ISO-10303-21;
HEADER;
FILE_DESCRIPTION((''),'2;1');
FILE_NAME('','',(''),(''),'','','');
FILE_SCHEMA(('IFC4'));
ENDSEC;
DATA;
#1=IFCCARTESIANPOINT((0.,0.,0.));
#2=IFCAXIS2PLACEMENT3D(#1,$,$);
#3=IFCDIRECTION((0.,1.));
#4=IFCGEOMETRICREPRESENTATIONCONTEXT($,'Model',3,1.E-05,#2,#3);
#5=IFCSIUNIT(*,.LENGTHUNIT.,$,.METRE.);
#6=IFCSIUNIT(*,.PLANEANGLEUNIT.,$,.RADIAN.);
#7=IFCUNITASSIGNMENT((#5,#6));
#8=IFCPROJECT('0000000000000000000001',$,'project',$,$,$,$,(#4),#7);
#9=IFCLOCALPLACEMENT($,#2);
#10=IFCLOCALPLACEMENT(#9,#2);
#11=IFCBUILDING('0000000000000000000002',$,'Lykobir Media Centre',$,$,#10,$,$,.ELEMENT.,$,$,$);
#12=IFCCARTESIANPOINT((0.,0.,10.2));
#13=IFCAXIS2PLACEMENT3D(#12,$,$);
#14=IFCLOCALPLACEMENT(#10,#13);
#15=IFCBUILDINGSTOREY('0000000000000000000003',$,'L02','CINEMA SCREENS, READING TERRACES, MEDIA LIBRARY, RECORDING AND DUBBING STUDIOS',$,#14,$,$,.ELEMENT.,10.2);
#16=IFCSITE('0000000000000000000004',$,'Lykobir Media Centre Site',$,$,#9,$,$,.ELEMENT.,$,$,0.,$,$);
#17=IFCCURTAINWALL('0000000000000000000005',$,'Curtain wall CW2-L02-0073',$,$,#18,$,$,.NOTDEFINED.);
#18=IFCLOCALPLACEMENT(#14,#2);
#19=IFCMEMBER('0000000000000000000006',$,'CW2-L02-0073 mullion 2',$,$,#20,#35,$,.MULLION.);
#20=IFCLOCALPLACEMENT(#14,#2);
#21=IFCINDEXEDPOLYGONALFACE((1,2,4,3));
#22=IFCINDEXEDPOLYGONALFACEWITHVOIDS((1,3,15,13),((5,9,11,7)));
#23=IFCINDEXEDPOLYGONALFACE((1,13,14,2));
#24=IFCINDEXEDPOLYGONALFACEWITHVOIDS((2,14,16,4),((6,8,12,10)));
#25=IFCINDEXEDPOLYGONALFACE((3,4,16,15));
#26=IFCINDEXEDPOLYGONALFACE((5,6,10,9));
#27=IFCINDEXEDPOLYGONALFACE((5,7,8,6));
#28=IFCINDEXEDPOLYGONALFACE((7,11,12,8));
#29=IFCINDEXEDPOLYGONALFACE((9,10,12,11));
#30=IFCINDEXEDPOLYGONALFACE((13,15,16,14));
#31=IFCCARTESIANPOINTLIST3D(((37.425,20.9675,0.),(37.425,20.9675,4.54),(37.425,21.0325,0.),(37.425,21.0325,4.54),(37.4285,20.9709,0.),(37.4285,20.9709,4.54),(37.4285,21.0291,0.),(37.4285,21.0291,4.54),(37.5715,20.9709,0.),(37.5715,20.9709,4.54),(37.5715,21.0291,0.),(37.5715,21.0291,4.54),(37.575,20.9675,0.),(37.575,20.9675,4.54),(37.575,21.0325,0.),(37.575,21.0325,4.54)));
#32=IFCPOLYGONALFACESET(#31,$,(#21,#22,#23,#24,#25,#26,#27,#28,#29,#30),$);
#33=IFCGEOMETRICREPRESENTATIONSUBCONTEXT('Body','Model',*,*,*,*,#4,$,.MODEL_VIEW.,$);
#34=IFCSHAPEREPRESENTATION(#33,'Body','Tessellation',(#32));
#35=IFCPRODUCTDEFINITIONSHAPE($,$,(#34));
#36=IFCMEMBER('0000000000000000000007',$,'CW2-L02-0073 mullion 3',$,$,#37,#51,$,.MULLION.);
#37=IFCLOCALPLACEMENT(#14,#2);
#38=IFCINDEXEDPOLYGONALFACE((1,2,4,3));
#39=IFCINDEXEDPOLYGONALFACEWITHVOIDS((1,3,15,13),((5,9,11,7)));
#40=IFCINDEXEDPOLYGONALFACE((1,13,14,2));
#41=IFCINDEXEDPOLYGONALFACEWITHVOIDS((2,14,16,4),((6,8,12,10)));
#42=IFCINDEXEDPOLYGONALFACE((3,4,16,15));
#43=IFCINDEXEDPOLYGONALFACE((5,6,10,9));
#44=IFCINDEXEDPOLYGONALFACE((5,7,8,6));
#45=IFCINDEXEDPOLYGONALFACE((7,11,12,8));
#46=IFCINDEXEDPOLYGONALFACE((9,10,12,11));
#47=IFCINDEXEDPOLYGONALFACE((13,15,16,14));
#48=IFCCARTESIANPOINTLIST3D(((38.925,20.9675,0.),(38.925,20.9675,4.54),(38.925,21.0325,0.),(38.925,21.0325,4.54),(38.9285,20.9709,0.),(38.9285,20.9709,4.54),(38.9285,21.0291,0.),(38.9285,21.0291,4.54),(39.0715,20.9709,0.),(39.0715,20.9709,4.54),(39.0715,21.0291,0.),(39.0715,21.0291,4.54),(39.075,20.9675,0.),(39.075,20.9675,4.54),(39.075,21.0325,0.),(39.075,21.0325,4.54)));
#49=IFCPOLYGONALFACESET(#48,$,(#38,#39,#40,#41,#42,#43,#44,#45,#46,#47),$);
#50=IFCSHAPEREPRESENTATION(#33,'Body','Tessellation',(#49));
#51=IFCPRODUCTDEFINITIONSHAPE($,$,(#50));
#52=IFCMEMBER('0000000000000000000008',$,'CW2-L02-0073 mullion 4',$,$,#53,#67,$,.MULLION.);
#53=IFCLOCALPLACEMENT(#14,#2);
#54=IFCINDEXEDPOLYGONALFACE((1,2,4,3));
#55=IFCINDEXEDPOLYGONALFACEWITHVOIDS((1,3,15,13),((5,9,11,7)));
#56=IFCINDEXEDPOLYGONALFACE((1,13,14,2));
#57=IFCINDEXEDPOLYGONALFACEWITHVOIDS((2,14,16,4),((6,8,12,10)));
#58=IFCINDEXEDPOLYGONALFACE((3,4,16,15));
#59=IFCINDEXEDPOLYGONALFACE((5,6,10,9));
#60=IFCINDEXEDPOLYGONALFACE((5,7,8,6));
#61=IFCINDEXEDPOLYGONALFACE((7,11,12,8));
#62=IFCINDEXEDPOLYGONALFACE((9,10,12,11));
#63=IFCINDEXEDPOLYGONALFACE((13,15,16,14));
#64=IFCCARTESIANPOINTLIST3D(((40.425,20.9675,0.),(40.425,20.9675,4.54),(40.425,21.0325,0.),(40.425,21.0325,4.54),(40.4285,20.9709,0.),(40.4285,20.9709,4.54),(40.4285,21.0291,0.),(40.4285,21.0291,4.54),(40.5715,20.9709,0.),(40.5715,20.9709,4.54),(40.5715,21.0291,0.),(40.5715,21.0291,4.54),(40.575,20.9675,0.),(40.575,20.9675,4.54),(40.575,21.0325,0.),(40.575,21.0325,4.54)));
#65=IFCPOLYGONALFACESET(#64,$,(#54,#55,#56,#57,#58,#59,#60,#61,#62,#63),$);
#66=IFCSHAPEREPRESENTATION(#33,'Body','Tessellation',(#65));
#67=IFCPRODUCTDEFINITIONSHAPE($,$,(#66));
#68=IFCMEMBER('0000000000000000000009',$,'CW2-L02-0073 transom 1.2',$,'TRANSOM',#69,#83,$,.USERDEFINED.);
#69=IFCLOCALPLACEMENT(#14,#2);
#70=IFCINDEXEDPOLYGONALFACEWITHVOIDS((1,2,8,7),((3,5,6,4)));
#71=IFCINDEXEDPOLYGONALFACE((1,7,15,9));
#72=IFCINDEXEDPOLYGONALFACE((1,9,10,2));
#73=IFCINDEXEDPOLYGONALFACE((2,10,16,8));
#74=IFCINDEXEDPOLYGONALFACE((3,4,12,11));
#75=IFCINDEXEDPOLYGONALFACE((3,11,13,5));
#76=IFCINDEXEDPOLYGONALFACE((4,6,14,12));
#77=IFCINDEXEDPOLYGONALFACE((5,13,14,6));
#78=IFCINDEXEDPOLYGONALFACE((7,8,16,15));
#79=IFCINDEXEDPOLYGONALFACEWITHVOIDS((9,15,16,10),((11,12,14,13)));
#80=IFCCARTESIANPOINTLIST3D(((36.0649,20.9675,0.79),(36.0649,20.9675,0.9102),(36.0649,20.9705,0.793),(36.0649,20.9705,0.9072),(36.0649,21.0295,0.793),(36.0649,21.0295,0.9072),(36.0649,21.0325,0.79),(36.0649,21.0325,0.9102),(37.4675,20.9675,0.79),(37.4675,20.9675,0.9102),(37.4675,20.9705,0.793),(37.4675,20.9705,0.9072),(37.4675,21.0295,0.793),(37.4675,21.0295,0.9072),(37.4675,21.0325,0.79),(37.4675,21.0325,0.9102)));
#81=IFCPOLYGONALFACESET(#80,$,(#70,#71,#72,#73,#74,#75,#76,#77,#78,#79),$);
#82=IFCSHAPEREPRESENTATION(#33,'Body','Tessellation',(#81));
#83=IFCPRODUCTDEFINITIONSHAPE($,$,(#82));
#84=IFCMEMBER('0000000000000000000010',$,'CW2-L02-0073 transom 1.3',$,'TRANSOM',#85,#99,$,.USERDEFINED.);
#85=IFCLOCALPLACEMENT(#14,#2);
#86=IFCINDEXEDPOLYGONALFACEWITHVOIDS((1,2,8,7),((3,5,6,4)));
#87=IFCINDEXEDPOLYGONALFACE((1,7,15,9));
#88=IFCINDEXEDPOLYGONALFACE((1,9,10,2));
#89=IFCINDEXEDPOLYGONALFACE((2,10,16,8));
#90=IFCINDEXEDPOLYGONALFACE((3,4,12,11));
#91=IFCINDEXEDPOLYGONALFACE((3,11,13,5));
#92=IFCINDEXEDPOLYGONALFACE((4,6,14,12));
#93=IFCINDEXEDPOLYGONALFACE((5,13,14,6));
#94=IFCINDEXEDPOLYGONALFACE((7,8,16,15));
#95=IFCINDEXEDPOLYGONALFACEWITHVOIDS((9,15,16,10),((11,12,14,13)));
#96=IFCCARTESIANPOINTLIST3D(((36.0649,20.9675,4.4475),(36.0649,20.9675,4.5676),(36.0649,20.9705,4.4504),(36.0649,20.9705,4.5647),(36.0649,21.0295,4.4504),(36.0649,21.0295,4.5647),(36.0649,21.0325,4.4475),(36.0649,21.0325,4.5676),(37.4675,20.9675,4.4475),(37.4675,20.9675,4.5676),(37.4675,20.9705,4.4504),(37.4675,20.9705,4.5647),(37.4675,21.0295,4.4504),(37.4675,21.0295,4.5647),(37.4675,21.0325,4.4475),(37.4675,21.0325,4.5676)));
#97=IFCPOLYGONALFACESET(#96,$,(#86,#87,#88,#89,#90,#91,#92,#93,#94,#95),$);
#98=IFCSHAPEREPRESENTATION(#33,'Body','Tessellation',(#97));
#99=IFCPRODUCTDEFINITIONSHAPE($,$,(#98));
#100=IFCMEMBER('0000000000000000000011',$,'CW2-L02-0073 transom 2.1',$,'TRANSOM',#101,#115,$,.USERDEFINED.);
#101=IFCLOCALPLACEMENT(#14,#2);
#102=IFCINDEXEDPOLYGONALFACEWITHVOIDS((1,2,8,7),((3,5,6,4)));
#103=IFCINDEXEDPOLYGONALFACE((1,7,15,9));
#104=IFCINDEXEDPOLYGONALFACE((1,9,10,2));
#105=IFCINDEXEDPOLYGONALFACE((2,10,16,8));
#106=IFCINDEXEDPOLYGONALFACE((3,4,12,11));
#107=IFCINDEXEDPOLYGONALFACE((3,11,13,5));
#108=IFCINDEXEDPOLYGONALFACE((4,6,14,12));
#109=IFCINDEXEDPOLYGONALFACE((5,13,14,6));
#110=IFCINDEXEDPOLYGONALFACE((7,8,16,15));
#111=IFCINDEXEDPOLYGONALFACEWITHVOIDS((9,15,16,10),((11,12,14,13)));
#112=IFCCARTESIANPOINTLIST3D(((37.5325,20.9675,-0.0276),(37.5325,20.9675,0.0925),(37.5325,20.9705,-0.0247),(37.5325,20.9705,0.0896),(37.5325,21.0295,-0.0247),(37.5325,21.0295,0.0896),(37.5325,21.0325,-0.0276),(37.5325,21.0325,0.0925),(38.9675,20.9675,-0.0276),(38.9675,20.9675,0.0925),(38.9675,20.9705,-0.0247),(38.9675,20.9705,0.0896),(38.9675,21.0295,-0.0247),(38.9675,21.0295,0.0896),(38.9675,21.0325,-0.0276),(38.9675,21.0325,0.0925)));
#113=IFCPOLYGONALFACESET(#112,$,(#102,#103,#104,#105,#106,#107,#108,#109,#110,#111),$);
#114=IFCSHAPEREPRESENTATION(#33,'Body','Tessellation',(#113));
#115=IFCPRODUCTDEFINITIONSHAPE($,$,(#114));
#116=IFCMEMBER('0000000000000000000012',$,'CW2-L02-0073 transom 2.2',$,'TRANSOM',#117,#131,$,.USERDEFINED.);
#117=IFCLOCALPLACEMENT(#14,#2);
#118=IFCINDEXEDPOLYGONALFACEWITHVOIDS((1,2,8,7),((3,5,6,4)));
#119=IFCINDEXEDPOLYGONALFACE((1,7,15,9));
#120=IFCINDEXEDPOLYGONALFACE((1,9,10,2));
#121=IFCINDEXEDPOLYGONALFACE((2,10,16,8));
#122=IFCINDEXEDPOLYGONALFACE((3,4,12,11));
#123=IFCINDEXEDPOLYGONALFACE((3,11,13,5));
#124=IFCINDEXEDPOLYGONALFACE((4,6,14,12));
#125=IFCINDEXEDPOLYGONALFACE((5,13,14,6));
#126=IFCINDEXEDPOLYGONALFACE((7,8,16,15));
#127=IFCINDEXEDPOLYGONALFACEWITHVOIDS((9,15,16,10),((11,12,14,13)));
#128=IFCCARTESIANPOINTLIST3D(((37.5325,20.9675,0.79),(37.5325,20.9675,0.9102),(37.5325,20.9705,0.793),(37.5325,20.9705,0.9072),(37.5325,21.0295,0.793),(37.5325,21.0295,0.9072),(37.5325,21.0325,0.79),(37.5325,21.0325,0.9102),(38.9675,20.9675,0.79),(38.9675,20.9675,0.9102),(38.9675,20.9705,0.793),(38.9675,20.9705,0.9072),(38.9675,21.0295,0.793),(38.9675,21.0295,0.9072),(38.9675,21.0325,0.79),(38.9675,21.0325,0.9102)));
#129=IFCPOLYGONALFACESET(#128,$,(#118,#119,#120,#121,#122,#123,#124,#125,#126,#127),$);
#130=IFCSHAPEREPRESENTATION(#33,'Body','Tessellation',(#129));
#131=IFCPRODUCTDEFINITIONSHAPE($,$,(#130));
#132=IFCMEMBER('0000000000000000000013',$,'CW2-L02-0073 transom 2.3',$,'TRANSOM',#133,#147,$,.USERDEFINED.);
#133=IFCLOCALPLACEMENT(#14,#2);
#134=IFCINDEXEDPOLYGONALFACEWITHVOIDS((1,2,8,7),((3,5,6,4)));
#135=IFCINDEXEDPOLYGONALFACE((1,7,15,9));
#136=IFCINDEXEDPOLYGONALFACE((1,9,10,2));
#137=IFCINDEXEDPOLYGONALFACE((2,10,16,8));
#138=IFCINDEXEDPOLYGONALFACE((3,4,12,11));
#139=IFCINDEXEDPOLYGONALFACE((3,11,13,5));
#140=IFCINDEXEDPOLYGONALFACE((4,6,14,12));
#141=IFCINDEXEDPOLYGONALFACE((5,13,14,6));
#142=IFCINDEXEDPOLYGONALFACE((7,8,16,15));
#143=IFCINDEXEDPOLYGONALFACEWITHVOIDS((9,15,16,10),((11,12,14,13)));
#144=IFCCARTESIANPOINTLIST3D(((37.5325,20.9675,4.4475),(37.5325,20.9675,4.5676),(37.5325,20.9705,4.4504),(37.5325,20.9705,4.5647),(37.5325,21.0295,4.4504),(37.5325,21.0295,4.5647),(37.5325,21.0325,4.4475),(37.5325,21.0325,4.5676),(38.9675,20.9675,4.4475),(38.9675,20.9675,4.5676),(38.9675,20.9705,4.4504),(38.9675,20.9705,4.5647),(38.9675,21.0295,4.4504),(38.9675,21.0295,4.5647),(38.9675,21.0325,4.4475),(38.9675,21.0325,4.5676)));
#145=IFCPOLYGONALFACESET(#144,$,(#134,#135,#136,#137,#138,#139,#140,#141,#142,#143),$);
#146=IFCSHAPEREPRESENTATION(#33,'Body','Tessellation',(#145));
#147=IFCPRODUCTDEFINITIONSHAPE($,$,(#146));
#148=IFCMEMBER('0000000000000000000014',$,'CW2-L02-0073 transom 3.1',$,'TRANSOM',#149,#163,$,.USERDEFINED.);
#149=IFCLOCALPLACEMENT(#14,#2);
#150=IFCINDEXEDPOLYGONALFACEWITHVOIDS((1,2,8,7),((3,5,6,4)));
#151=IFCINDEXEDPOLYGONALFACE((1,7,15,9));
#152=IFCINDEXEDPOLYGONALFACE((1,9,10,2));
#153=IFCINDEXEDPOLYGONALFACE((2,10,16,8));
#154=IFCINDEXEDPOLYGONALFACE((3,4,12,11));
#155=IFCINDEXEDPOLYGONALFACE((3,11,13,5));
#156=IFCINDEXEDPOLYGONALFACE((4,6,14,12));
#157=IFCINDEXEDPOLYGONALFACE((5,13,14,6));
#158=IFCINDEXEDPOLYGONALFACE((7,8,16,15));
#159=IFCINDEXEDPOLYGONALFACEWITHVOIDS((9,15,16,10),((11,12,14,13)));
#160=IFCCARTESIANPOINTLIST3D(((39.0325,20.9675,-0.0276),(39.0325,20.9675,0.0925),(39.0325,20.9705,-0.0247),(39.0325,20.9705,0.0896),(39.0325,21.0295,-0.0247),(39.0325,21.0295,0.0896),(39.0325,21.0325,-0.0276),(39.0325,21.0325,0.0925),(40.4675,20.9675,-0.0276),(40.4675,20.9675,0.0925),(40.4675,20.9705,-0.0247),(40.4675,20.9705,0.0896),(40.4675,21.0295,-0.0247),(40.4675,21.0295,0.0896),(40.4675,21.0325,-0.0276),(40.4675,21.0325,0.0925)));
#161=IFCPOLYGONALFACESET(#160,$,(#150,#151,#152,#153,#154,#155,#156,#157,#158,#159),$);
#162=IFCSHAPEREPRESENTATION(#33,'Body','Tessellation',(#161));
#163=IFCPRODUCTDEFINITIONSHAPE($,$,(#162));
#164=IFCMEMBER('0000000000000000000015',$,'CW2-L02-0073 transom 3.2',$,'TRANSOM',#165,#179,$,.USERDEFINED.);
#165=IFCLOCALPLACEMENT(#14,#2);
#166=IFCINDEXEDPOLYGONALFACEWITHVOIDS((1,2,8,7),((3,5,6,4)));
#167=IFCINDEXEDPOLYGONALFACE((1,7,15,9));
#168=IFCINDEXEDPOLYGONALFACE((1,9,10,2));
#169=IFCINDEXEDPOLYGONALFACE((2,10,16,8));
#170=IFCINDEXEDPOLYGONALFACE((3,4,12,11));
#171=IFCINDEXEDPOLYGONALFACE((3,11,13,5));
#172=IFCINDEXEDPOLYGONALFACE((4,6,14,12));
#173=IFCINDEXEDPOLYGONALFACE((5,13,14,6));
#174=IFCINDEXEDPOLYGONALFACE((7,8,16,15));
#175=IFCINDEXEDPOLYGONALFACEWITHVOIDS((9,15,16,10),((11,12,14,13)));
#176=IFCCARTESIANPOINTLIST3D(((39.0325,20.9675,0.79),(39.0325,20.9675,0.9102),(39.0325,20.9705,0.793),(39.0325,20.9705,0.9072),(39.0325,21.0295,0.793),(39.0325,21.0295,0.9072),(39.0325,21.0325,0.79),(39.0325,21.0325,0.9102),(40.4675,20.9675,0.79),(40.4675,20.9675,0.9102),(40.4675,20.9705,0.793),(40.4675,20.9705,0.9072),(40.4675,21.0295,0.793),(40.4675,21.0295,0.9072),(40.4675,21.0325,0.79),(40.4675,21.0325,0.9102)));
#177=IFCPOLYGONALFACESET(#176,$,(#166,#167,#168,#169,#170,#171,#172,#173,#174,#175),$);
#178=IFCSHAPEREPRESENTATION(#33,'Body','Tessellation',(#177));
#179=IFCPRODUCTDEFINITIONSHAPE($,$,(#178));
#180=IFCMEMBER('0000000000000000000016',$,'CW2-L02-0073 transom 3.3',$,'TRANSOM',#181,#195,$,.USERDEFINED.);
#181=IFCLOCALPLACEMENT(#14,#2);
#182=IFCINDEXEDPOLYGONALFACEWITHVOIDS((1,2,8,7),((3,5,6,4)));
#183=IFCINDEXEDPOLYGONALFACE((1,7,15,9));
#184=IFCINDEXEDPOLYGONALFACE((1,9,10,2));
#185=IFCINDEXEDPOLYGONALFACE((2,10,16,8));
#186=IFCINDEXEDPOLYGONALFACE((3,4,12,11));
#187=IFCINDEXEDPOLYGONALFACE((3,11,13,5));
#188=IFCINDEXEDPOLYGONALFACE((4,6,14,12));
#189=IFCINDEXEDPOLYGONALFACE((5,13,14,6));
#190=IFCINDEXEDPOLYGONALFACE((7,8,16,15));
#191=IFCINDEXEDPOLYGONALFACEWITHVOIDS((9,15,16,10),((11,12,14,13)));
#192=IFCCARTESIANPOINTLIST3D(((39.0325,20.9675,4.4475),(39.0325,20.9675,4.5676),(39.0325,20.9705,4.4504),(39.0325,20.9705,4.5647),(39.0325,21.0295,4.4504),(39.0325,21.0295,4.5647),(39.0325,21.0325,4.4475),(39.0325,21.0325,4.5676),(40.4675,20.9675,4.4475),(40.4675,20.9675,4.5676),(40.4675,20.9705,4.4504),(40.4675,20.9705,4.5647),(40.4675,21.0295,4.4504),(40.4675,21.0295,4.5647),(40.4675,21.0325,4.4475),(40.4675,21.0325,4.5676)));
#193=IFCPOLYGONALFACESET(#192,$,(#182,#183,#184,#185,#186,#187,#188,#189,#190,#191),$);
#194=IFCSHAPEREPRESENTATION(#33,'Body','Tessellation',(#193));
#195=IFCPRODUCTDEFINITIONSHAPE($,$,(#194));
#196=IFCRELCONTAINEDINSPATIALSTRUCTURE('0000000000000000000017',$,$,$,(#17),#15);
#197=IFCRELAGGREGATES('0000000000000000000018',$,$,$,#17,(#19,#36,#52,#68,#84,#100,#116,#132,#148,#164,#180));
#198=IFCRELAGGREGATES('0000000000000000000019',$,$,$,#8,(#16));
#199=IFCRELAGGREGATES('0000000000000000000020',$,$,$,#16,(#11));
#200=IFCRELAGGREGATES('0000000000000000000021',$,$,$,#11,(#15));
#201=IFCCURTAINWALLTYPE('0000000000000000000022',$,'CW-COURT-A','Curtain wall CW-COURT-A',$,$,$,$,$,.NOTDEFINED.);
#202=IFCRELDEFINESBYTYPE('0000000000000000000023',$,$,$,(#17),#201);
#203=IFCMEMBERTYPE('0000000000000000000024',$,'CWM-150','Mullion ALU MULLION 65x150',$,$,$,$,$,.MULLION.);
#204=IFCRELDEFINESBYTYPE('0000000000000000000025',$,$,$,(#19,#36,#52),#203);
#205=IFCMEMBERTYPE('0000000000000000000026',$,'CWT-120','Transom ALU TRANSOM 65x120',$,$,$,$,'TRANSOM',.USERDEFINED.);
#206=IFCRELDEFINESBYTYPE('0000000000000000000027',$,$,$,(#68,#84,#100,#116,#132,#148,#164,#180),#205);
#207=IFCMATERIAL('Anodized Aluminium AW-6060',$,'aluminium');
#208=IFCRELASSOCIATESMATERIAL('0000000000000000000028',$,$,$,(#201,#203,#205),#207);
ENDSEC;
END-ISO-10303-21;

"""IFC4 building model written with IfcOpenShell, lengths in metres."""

from ifc_helpers import new_model, si_unit, direction, frame, origin, origin_2d, place, context, subcontext, project, spatial, hollow_rectangle, extrude, material, material_profile, profile_set, type_object, element, aggregate, save


model = new_model("IFC4")

# Units and contexts
model_context = context("Model", 3, precision=1e-05, world=origin(), true_north=direction((0.0, 1.0)))
body_context = subcontext(model_context, "Body", "Model", "MODEL_VIEW")
ifc_project = project(units=[si_unit("LENGTHUNIT", "METRE"), si_unit("PLANEANGLEUNIT", "RADIAN")], contexts=[model_context])

# Site, building, storey
site_placement = place(None, origin())
site = spatial("IfcSite", under=ifc_project, at=site_placement, Name="Lykobir Media Centre Site", CompositionType="ELEMENT", RefElevation=0.0)
building_placement = place(site_placement, origin())
building = spatial("IfcBuilding", under=site, at=building_placement, Name="Lykobir Media Centre", CompositionType="ELEMENT")
storey_placement = place(building_placement, frame((0.0, 0.0, 10.2)))
storey = spatial("IfcBuildingStorey", under=building, at=storey_placement, Name="L02", Description="CINEMA SCREENS, READING TERRACES, MEDIA LIBRARY, RECORDING AND DUBBING STUDIOS", CompositionType="ELEMENT", Elevation=10.2)

# Curtain wall, members
ifc_material_1 = material(Name="Anodized Aluminium AW-6060", Category="aluminium")
curtain_wall_type = type_object("IfcCurtainWallType", Name="CW-COURT-A", Description="Curtain wall CW-COURT-A", PredefinedType="NOTDEFINED", material=ifc_material_1)
curtain_wall_placement = place(storey_placement, origin())
curtain_wall = element("IfcCurtainWall", 1, at=curtain_wall_placement, inside=storey, type_object=curtain_wall_type, Name="Curtain wall CW2-L02-0073", PredefinedType="NOTDEFINED")
ifc_material_profile_1 = material_profile(ifc_material_1, hollow_rectangle(XDim=0.0649, YDim=0.1499, WallThickness=0.0034, at=origin_2d()), Name="ALU MULLION 65x150")
ifc_profile_set_1 = profile_set([ifc_material_profile_1], Name="Anodized Aluminium AW-6060")
member_type_1 = type_object("IfcMemberType", Name="CWM-150", Description="Mullion ALU MULLION 65x150", PredefinedType="MULLION", material=ifc_profile_set_1)
member_1_placement = place(storey_placement, frame((37.5, 21.0, 0.0), z_axis=(0.0, 0.0, 1.0), x_axis=(0.0, 1.0, 0.0)))
member_1 = element("IfcMember", 2, at=member_1_placement, type_object=member_type_1, Name="CW2-L02-0073 mullion 2", PredefinedType="MULLION", context=body_context, shape_type="SweptSolid", body=[
    extrude(hollow_rectangle(XDim=0.0649, YDim=0.1499, WallThickness=0.0034, at=origin_2d()), origin(), (0.0, 0.0, 1.0), 4.54),
])
member_2_placement = place(storey_placement, frame((39.0, 21.0, 0.0), z_axis=(0.0, 0.0, 1.0), x_axis=(0.0, 1.0, 0.0)))
member_2 = element("IfcMember", 3, at=member_2_placement, type_object=member_type_1, Name="CW2-L02-0073 mullion 3", PredefinedType="MULLION", context=body_context, shape_type="SweptSolid", body=[
    extrude(hollow_rectangle(XDim=0.0649, YDim=0.1499, WallThickness=0.0034, at=origin_2d()), origin(), (0.0, 0.0, 1.0), 4.54),
])
member_3_placement = place(storey_placement, frame((40.5, 21.0, 0.0), z_axis=(0.0, 0.0, 1.0), x_axis=(0.0, 1.0, 0.0)))
member_3 = element("IfcMember", 4, at=member_3_placement, type_object=member_type_1, Name="CW2-L02-0073 mullion 4", PredefinedType="MULLION", context=body_context, shape_type="SweptSolid", body=[
    extrude(hollow_rectangle(XDim=0.0649, YDim=0.1499, WallThickness=0.0034, at=origin_2d()), origin(), (0.0, 0.0, 1.0), 4.54),
])
ifc_material_profile_2 = material_profile(ifc_material_1, hollow_rectangle(XDim=0.0649, YDim=0.1201, WallThickness=0.0029, at=origin_2d()), Name="ALU TRANSOM 65x120")
ifc_profile_set_2 = profile_set([ifc_material_profile_2], Name="Anodized Aluminium AW-6060")
member_type_2 = type_object("IfcMemberType", Name="CWT-120", Description="Transom ALU TRANSOM 65x120", ElementType="TRANSOM", PredefinedType="USERDEFINED", material=ifc_profile_set_2)
member_4_placement = place(storey_placement, frame((36.0649, 21.0, 0.8501), z_axis=(1.0, 0.0, 0.0), x_axis=(0.0, 1.0, 0.0)))
member_4 = element("IfcMember", 5, at=member_4_placement, type_object=member_type_2, Name="CW2-L02-0073 transom 1.2", ObjectType="TRANSOM", PredefinedType="USERDEFINED", context=body_context, shape_type="SweptSolid", body=[
    extrude(hollow_rectangle(XDim=0.0649, YDim=0.1201, WallThickness=0.0029, at=origin_2d()), origin(), (0.0, 0.0, 1.0), 1.4026),
])
member_5_placement = place(storey_placement, frame((36.0649, 21.0, 4.5076), z_axis=(1.0, 0.0, 0.0), x_axis=(0.0, 1.0, 0.0)))
member_5 = element("IfcMember", 6, at=member_5_placement, type_object=member_type_2, Name="CW2-L02-0073 transom 1.3", ObjectType="TRANSOM", PredefinedType="USERDEFINED", context=body_context, shape_type="SweptSolid", body=[
    extrude(hollow_rectangle(XDim=0.0649, YDim=0.1201, WallThickness=0.0029, at=origin_2d()), origin(), (0.0, 0.0, 1.0), 1.4026),
])
member_6_placement = place(storey_placement, frame((37.5325, 21.0, 0.0325), z_axis=(1.0, 0.0, 0.0), x_axis=(0.0, 1.0, 0.0)))
member_6 = element("IfcMember", 7, at=member_6_placement, type_object=member_type_2, Name="CW2-L02-0073 transom 2.1", ObjectType="TRANSOM", PredefinedType="USERDEFINED", context=body_context, shape_type="SweptSolid", body=[
    extrude(hollow_rectangle(XDim=0.0649, YDim=0.1201, WallThickness=0.0029, at=origin_2d()), origin(), (0.0, 0.0, 1.0), 1.4351),
])
member_7_placement = place(storey_placement, frame((37.5325, 21.0, 0.8501), z_axis=(1.0, 0.0, 0.0), x_axis=(0.0, 1.0, 0.0)))
member_7 = element("IfcMember", 8, at=member_7_placement, type_object=member_type_2, Name="CW2-L02-0073 transom 2.2", ObjectType="TRANSOM", PredefinedType="USERDEFINED", context=body_context, shape_type="SweptSolid", body=[
    extrude(hollow_rectangle(XDim=0.0649, YDim=0.1201, WallThickness=0.0029, at=origin_2d()), origin(), (0.0, 0.0, 1.0), 1.4351),
])
member_8_placement = place(storey_placement, frame((37.5325, 21.0, 4.5076), z_axis=(1.0, 0.0, 0.0), x_axis=(0.0, 1.0, 0.0)))
member_8 = element("IfcMember", 9, at=member_8_placement, type_object=member_type_2, Name="CW2-L02-0073 transom 2.3", ObjectType="TRANSOM", PredefinedType="USERDEFINED", context=body_context, shape_type="SweptSolid", body=[
    extrude(hollow_rectangle(XDim=0.0649, YDim=0.1201, WallThickness=0.0029, at=origin_2d()), origin(), (0.0, 0.0, 1.0), 1.4351),
])
member_9_placement = place(storey_placement, frame((39.0325, 21.0, 0.0325), z_axis=(1.0, 0.0, 0.0), x_axis=(0.0, 1.0, 0.0)))
member_9 = element("IfcMember", 10, at=member_9_placement, type_object=member_type_2, Name="CW2-L02-0073 transom 3.1", ObjectType="TRANSOM", PredefinedType="USERDEFINED", context=body_context, shape_type="SweptSolid", body=[
    extrude(hollow_rectangle(XDim=0.0649, YDim=0.1201, WallThickness=0.0029, at=origin_2d()), origin(), (0.0, 0.0, 1.0), 1.4351),
])
member_10_placement = place(storey_placement, frame((39.0325, 21.0, 0.8501), z_axis=(1.0, 0.0, 0.0), x_axis=(0.0, 1.0, 0.0)))
member_10 = element("IfcMember", 11, at=member_10_placement, type_object=member_type_2, Name="CW2-L02-0073 transom 3.2", ObjectType="TRANSOM", PredefinedType="USERDEFINED", context=body_context, shape_type="SweptSolid", body=[
    extrude(hollow_rectangle(XDim=0.0649, YDim=0.1201, WallThickness=0.0029, at=origin_2d()), origin(), (0.0, 0.0, 1.0), 1.4351),
])
member_11_placement = place(storey_placement, frame((39.0325, 21.0, 4.5076), z_axis=(1.0, 0.0, 0.0), x_axis=(0.0, 1.0, 0.0)))
member_11 = element("IfcMember", 12, at=member_11_placement, type_object=member_type_2, Name="CW2-L02-0073 transom 3.3", ObjectType="TRANSOM", PredefinedType="USERDEFINED", context=body_context, shape_type="SweptSolid", body=[
    extrude(hollow_rectangle(XDim=0.0649, YDim=0.1201, WallThickness=0.0029, at=origin_2d()), origin(), (0.0, 0.0, 1.0), 1.4351),
])
aggregate(curtain_wall, [member_1, member_2, member_3, member_4, member_5, member_6, member_7, member_8, member_9, member_10, member_11])

save(model, "model.ifc")
